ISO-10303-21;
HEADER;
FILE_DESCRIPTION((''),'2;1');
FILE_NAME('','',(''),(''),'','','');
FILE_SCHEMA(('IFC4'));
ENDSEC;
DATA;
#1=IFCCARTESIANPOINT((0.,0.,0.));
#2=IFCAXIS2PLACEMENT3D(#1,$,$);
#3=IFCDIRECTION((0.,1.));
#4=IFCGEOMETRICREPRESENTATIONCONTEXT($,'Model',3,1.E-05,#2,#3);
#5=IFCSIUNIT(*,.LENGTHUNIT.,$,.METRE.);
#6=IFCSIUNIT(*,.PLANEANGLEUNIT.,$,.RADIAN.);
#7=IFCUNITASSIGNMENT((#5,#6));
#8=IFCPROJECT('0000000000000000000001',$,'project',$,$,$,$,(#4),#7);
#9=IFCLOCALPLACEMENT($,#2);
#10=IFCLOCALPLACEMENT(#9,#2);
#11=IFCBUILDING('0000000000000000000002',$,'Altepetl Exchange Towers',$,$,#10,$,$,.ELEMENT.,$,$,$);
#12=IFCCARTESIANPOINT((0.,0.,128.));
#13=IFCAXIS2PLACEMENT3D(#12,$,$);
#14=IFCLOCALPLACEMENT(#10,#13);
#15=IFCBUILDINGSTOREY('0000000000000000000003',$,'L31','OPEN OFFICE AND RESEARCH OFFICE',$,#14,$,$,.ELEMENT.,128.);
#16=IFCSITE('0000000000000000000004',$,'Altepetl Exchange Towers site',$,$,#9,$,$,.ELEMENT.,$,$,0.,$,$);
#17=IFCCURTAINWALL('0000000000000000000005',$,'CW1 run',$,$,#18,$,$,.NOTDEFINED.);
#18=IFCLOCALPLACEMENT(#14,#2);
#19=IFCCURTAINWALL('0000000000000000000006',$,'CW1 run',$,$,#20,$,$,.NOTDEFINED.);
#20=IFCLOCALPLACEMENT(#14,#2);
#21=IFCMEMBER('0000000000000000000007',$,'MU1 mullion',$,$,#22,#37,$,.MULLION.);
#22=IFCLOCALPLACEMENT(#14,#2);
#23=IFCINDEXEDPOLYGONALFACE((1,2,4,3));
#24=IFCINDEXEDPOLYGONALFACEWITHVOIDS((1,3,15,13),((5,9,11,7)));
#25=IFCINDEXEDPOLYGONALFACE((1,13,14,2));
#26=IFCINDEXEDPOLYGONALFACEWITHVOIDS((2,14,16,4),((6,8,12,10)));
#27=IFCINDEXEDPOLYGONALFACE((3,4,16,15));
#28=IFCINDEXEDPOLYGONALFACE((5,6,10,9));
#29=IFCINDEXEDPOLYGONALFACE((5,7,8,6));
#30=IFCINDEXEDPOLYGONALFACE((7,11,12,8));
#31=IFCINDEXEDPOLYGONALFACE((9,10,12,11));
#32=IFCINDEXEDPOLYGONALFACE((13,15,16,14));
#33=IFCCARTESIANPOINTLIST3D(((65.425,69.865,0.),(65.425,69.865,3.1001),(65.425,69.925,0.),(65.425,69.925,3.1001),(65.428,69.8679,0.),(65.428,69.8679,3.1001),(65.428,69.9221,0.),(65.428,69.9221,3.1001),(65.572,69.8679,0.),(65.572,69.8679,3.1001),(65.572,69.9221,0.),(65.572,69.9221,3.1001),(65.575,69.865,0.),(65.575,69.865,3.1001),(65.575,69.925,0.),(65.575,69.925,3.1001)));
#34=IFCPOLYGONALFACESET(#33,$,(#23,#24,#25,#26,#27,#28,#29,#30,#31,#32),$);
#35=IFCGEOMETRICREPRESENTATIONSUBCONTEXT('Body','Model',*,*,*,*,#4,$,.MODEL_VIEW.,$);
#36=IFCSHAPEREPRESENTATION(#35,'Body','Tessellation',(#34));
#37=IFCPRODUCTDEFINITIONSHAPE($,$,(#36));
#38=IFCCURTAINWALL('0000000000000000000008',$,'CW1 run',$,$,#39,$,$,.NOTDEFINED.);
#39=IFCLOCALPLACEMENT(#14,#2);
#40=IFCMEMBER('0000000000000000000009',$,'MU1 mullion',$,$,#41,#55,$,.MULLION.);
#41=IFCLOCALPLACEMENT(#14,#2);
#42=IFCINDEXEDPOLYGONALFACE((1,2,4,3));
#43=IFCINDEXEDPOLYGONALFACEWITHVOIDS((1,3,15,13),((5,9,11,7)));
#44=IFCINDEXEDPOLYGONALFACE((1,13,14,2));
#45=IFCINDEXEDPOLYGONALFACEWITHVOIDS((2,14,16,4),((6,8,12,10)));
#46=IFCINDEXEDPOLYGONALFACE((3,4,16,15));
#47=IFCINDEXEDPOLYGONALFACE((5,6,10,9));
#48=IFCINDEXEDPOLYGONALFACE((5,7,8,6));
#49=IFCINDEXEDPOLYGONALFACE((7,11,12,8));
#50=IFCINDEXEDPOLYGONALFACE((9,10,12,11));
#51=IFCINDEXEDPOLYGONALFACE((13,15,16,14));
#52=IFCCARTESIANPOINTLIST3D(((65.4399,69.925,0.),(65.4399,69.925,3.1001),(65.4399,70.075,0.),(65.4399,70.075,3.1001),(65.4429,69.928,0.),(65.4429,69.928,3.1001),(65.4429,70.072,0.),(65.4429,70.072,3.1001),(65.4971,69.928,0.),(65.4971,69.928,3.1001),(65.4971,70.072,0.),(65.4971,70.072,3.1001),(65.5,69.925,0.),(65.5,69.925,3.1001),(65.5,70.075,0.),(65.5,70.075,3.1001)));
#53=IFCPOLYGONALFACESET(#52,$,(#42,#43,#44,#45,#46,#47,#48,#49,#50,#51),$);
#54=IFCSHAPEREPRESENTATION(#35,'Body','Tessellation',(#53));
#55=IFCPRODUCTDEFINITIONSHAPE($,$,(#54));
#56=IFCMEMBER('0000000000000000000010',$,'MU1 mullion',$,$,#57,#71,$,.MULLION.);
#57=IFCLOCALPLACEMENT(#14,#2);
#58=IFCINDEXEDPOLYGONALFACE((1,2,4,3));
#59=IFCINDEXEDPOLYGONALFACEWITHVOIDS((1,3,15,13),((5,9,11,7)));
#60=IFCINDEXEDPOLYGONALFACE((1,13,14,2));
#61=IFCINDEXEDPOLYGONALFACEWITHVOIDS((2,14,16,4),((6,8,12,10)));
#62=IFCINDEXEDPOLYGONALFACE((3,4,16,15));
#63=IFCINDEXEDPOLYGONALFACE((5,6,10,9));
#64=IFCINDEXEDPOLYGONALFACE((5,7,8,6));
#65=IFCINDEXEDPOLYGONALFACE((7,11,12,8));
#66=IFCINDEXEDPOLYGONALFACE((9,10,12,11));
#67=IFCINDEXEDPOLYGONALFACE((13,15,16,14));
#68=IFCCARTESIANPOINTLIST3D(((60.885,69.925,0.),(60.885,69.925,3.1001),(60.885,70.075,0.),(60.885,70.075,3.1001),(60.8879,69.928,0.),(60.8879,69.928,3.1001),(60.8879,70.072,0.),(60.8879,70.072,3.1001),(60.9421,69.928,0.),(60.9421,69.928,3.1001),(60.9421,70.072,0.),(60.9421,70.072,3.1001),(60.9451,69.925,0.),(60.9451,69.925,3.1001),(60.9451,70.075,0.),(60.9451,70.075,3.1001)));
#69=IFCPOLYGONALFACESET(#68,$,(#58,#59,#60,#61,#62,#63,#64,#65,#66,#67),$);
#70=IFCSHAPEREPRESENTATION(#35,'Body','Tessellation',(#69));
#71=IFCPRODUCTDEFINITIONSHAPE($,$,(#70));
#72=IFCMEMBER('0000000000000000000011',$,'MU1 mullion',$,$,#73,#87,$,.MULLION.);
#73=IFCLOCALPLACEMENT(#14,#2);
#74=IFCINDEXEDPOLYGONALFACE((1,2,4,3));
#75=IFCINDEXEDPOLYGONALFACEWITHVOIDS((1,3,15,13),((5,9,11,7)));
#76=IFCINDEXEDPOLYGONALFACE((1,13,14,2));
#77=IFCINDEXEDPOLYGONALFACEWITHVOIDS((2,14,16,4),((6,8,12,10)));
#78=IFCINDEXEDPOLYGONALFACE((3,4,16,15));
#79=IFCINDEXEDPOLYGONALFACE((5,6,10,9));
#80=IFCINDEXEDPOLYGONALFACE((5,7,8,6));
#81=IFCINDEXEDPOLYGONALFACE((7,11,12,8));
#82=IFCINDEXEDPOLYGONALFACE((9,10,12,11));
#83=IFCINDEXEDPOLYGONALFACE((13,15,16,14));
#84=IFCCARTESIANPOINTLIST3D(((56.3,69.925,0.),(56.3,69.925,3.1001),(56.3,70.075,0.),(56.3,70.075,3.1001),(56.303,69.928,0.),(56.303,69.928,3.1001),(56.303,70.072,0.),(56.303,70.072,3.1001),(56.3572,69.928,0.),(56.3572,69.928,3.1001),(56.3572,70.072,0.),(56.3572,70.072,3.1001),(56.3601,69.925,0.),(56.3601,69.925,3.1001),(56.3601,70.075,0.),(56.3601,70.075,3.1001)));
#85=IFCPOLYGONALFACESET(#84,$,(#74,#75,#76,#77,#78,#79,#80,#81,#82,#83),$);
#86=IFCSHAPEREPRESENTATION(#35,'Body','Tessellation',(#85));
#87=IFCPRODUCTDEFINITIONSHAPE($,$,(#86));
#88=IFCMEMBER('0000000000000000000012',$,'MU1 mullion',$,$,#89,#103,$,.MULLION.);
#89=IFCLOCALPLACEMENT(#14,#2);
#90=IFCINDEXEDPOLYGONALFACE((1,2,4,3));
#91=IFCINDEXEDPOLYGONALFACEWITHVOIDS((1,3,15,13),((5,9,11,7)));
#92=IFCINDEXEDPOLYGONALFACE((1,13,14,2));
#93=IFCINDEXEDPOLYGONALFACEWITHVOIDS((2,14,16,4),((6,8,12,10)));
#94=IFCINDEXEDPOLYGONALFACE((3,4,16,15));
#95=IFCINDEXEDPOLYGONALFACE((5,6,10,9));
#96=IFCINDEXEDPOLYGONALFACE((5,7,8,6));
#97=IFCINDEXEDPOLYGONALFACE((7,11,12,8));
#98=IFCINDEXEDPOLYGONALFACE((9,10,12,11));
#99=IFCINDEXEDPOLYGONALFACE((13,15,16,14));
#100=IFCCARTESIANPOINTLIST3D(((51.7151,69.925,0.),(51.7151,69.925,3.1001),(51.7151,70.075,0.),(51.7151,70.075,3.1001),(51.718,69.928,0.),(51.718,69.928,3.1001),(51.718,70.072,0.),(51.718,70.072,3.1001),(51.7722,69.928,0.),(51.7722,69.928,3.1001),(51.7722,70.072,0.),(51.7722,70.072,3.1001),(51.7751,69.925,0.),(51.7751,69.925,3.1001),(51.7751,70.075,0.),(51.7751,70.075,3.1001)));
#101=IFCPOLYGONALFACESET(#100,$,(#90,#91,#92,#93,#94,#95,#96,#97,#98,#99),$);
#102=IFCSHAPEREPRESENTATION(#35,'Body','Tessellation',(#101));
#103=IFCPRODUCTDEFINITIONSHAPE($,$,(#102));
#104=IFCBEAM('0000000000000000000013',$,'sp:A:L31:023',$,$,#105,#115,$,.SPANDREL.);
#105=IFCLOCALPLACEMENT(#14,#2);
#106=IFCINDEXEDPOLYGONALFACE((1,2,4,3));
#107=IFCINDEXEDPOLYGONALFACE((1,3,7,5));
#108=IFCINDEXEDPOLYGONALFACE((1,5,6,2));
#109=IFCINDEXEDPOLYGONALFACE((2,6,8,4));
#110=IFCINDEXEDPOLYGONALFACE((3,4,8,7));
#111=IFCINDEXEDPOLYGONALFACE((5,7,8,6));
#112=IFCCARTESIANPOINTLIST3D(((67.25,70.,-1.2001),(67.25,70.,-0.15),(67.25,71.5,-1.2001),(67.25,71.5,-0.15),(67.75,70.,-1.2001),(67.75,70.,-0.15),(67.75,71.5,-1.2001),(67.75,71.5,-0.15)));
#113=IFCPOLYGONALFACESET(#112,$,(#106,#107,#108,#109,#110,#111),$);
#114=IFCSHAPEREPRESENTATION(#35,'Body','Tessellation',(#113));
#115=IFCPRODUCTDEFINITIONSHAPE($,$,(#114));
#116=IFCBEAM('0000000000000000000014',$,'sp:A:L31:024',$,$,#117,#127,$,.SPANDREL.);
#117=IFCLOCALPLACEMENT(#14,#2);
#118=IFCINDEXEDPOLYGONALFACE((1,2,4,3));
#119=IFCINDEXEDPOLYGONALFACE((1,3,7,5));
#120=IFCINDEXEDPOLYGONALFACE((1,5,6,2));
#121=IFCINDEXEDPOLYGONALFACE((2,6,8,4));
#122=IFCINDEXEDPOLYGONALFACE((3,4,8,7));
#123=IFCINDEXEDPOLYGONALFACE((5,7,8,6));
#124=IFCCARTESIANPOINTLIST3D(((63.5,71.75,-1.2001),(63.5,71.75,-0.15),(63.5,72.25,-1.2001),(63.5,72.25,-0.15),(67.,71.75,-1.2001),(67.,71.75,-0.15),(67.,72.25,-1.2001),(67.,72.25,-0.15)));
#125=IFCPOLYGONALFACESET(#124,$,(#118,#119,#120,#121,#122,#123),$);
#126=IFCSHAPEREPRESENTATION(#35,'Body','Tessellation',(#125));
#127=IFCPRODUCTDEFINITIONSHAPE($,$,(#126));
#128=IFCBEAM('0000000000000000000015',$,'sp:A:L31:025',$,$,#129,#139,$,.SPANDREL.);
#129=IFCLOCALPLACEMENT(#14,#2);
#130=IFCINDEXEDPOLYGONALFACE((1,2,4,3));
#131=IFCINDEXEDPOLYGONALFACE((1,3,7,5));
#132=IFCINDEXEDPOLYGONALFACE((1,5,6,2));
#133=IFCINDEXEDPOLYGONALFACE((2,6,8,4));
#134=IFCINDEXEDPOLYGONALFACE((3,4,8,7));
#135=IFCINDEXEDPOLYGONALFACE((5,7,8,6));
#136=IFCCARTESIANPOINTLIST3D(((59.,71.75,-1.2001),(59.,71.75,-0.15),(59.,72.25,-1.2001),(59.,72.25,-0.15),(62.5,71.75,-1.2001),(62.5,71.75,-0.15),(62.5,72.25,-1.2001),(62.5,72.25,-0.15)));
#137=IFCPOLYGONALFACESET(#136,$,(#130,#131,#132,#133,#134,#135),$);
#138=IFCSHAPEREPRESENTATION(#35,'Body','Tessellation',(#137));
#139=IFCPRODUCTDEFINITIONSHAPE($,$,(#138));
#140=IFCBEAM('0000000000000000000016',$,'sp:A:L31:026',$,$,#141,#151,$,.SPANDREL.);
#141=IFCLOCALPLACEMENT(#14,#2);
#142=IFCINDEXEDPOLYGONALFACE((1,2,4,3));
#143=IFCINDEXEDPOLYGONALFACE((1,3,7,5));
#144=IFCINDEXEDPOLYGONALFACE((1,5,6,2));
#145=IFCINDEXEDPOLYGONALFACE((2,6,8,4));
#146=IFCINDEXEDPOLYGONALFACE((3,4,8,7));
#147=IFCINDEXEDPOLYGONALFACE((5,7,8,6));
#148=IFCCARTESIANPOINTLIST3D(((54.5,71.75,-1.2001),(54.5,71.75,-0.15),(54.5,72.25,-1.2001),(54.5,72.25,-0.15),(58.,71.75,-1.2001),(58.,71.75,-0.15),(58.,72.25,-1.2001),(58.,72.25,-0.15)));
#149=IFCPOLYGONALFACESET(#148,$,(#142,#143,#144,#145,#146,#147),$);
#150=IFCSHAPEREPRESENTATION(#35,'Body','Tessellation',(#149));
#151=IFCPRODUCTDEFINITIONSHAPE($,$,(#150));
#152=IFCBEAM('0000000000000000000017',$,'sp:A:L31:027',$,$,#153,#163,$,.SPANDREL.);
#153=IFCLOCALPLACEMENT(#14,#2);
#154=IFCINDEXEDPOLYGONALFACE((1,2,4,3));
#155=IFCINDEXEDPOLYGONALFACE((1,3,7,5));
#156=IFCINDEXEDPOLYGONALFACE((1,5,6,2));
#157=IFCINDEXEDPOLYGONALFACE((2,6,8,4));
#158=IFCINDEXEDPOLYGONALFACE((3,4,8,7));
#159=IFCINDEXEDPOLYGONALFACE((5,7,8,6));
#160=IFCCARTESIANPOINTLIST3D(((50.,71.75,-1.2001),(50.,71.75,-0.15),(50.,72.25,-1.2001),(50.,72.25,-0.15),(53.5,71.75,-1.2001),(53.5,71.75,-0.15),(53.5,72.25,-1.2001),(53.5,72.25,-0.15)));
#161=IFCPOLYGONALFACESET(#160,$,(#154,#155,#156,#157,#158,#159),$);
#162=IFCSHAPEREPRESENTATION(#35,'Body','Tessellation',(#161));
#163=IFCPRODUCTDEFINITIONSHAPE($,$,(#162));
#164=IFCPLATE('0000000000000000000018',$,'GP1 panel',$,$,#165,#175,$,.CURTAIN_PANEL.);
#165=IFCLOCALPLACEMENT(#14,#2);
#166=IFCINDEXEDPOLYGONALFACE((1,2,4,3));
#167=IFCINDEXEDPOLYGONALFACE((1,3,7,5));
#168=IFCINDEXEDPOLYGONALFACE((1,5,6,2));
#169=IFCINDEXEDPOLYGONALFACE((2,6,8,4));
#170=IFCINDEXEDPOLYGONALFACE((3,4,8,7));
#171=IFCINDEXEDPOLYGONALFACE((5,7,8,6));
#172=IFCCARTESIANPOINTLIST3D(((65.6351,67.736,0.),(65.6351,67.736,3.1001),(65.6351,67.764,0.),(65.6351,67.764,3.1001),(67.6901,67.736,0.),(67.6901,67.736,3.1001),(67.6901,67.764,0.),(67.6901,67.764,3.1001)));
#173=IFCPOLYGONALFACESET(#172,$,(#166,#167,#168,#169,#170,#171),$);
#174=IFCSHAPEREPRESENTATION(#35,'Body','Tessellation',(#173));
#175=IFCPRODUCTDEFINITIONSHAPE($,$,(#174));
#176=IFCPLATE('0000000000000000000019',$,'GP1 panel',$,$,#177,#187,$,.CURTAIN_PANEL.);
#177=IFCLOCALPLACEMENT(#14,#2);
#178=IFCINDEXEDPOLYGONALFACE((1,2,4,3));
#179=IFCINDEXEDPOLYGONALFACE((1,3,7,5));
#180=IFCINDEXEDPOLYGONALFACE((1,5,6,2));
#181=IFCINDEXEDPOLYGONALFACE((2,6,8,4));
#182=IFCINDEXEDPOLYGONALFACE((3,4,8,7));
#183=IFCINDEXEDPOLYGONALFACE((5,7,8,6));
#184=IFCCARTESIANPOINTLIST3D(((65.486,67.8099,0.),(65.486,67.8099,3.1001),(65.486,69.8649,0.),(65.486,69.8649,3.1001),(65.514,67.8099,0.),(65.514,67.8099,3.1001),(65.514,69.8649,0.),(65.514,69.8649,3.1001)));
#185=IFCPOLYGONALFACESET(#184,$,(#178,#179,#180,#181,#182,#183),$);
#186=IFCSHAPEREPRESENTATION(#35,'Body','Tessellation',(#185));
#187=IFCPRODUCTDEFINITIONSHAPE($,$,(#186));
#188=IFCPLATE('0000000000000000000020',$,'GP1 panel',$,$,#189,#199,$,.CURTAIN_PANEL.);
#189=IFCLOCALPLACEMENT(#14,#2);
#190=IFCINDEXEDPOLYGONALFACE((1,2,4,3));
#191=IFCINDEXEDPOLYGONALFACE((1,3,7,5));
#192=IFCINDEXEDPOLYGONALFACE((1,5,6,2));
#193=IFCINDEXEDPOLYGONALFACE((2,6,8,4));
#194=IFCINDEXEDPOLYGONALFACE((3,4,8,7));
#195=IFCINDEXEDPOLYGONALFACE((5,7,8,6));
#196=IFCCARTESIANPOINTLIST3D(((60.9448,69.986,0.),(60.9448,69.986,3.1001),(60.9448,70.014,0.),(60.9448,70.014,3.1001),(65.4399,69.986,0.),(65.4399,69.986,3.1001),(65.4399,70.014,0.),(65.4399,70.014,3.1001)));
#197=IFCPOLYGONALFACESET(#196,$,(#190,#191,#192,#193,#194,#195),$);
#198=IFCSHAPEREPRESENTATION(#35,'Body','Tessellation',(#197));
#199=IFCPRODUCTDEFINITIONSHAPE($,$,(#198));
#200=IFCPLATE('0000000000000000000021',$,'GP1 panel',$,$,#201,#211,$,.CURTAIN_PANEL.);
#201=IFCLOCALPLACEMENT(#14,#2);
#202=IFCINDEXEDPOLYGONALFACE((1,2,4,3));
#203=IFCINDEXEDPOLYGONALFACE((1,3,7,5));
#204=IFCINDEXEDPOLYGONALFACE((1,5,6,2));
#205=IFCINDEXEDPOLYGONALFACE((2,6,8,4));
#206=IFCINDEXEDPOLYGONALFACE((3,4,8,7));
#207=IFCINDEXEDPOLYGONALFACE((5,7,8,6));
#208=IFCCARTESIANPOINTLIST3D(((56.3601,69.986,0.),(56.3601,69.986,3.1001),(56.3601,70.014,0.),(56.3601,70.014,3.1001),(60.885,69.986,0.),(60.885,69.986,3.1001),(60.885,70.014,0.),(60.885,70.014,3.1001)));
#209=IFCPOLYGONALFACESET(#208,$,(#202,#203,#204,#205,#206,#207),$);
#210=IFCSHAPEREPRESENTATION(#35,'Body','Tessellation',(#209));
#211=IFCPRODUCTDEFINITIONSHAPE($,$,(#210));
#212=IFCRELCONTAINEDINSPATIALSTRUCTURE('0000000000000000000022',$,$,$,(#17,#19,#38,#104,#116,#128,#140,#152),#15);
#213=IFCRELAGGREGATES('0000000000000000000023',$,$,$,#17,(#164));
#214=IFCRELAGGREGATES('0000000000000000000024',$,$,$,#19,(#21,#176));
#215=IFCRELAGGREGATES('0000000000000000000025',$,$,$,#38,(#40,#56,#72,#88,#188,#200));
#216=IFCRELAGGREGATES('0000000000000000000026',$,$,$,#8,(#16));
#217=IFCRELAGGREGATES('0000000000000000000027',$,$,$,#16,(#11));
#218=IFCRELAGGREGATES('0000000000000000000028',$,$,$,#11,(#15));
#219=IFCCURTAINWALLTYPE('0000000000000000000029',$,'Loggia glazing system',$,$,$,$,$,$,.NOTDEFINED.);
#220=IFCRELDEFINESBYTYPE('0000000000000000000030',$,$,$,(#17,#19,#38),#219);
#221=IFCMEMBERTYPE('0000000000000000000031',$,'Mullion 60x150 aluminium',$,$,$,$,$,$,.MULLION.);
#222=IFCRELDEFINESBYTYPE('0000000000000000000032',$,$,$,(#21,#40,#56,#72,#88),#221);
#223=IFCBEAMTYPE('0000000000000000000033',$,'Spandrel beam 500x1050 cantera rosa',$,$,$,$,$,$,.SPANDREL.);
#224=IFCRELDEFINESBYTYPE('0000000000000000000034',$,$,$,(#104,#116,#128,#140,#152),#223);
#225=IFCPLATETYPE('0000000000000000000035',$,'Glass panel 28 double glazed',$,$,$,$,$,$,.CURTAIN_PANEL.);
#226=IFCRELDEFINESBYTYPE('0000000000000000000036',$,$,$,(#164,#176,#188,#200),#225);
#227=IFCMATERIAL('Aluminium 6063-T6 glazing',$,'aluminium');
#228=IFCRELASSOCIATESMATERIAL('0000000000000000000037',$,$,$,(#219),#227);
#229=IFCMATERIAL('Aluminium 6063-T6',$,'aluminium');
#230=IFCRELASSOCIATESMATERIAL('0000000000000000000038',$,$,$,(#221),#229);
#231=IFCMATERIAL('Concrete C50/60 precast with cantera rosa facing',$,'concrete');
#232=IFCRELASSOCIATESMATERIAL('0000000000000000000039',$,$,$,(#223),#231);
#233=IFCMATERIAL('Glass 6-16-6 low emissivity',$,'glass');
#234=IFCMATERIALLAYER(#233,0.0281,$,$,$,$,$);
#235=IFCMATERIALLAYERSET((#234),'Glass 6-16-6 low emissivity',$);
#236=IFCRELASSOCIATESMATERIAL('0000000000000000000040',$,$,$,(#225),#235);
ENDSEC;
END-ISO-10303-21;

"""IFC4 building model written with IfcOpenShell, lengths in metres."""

from ifc_helpers import new_model, si_unit, direction, frame, origin, origin_2d, place, context, subcontext, project, spatial, rectangle, hollow_rectangle, extrude, material, layer, layer_set, material_profile, profile_set, type_object, element, aggregate, save


model = new_model("IFC4")

# Units and contexts
model_context = context("Model", 3, precision=1e-05, world=origin(), true_north=direction((0.0, 1.0)))
body_context = subcontext(model_context, "Body", "Model", "MODEL_VIEW")
ifc_project = project(units=[si_unit("LENGTHUNIT", "METRE"), si_unit("PLANEANGLEUNIT", "RADIAN")], contexts=[model_context])

# Site, building, storey
site_placement = place(None, origin())
site = spatial("IfcSite", under=ifc_project, at=site_placement, Name="Altepetl Exchange Towers site", CompositionType="ELEMENT", RefElevation=0.0)
building_placement = place(site_placement, origin())
building = spatial("IfcBuilding", under=site, at=building_placement, Name="Altepetl Exchange Towers", CompositionType="ELEMENT")
storey_placement = place(building_placement, frame((0.0, 0.0, 128.0)))
storey = spatial("IfcBuildingStorey", under=building, at=storey_placement, Name="L31", Description="OPEN OFFICE AND RESEARCH OFFICE", CompositionType="ELEMENT", Elevation=128.0)

# Curtain walls, members
ifc_material_1 = material(Name="Aluminium 6063-T6 glazing", Category="aluminium")
curtain_wall_type = type_object("IfcCurtainWallType", Name="Loggia glazing system", PredefinedType="NOTDEFINED", material=ifc_material_1)
ifc_material_2 = material(Name="Aluminium 6063-T6", Category="aluminium")
ifc_material_profile_1 = material_profile(ifc_material_2, hollow_rectangle(XDim=0.0601, YDim=0.1499, WallThickness=0.0029, at=origin_2d()), Name="Mullion 60x150 aluminium")
ifc_profile_set_1 = profile_set([ifc_material_profile_1], Name="Aluminium 6063-T6")
member_type = type_object("IfcMemberType", Name="Mullion 60x150 aluminium", PredefinedType="MULLION", material=ifc_profile_set_1)
curtain_wall_1_placement = place(storey_placement, origin())
curtain_wall_1 = element("IfcCurtainWall", 1, at=curtain_wall_1_placement, inside=storey, type_object=curtain_wall_type, Name="CW1 run", PredefinedType="NOTDEFINED")
curtain_wall_2_placement = place(storey_placement, origin())
curtain_wall_2 = element("IfcCurtainWall", 2, at=curtain_wall_2_placement, inside=storey, type_object=curtain_wall_type, Name="CW1 run", PredefinedType="NOTDEFINED")
member_1_placement = place(storey_placement, frame((65.5, 69.895, 0.0), z_axis=(0.0, 0.0, 1.0), x_axis=(0.0, 1.0, 0.0)))
member_1 = element("IfcMember", 3, at=member_1_placement, type_object=member_type, Name="MU1 mullion", PredefinedType="MULLION", context=body_context, shape_type="SweptSolid", body=[
    extrude(hollow_rectangle(XDim=0.0601, YDim=0.1499, WallThickness=0.0029, at=origin_2d()), origin(), (0.0, 0.0, 1.0), 3.1001),
])
curtain_wall_3_placement = place(storey_placement, origin())
curtain_wall_3 = element("IfcCurtainWall", 4, at=curtain_wall_3_placement, inside=storey, type_object=curtain_wall_type, Name="CW1 run", PredefinedType="NOTDEFINED")
member_2_placement = place(storey_placement, frame((65.47, 70.0, 0.0), z_axis=(0.0, 0.0, 1.0), x_axis=(-1.0, 0.0, 0.0)))
member_2 = element("IfcMember", 5, at=member_2_placement, type_object=member_type, Name="MU1 mullion", PredefinedType="MULLION", context=body_context, shape_type="SweptSolid", body=[
    extrude(hollow_rectangle(XDim=0.0601, YDim=0.1499, WallThickness=0.0029, at=origin_2d()), origin(), (0.0, 0.0, 1.0), 3.1001),
])
member_3_placement = place(storey_placement, frame((60.915, 70.0, 0.0), z_axis=(0.0, 0.0, 1.0), x_axis=(-1.0, 0.0, 0.0)))
member_3 = element("IfcMember", 6, at=member_3_placement, type_object=member_type, Name="MU1 mullion", PredefinedType="MULLION", context=body_context, shape_type="SweptSolid", body=[
    extrude(hollow_rectangle(XDim=0.0601, YDim=0.1499, WallThickness=0.0029, at=origin_2d()), origin(), (0.0, 0.0, 1.0), 3.1001),
])
member_4_placement = place(storey_placement, frame((56.3301, 70.0, 0.0), z_axis=(0.0, 0.0, 1.0), x_axis=(-1.0, 0.0, 0.0)))
member_4 = element("IfcMember", 7, at=member_4_placement, type_object=member_type, Name="MU1 mullion", PredefinedType="MULLION", context=body_context, shape_type="SweptSolid", body=[
    extrude(hollow_rectangle(XDim=0.0601, YDim=0.1499, WallThickness=0.0029, at=origin_2d()), origin(), (0.0, 0.0, 1.0), 3.1001),
])
member_5_placement = place(storey_placement, frame((51.7451, 70.0, 0.0), z_axis=(0.0, 0.0, 1.0), x_axis=(-1.0, 0.0, 0.0)))
member_5 = element("IfcMember", 8, at=member_5_placement, type_object=member_type, Name="MU1 mullion", PredefinedType="MULLION", context=body_context, shape_type="SweptSolid", body=[
    extrude(hollow_rectangle(XDim=0.0601, YDim=0.1499, WallThickness=0.0029, at=origin_2d()), origin(), (0.0, 0.0, 1.0), 3.1001),
])

# Beams
ifc_material_3 = material(Name="Concrete C50/60 precast with cantera rosa facing", Category="concrete")
ifc_material_profile_2 = material_profile(ifc_material_3, rectangle(XDim=0.5, YDim=1.05, at=origin_2d()), Name="500 x 1050")
ifc_profile_set_2 = profile_set([ifc_material_profile_2], Name="Concrete C50/60 precast with cantera rosa facing")
beam_type_1 = type_object("IfcBeamType", Name="Spandrel beam 500x1050 cantera rosa", PredefinedType="SPANDREL", material=ifc_profile_set_2)
beam_1_placement = place(storey_placement, frame((67.5, 70.0, -0.675), z_axis=(0.0, 1.0, 0.0), x_axis=(-1.0, 0.0, 0.0)))
element("IfcBeam", 9, at=beam_1_placement, inside=storey, type_object=beam_type_1, Name="sp:A:L31:023", PredefinedType="SPANDREL", context=body_context, shape_type="SweptSolid", body=[
    extrude(rectangle(XDim=0.5, YDim=1.05, at=origin_2d()), origin(), (0.0, 0.0, 1.0), 1.5),
])
for number, where, z_axis, x_axis, name in (
    (10, (67.0, 72.0, -0.675), (-1.0, 0.0, 0.0), (0.0, -1.0, 0.0), "sp:A:L31:024"),
    (11, (62.5, 72.0, -0.675), (-1.0, 0.0, 0.0), (0.0, -1.0, 0.0), "sp:A:L31:025"),
    (12, (58.0, 72.0, -0.675), (-1.0, 0.0, 0.0), (0.0, -1.0, 0.0), "sp:A:L31:026"),
    (13, (53.5, 72.0, -0.675), (-1.0, 0.0, 0.0), (0.0, -1.0, 0.0), "sp:A:L31:027"),
):
    element("IfcBeam", number, at=place(storey_placement, frame(where, z_axis=z_axis, x_axis=x_axis)), inside=storey, type_object=beam_type_1, Name=name, PredefinedType="SPANDREL", context=body_context, shape_type="SweptSolid", body=[
        extrude(rectangle(XDim=0.5, YDim=1.05, at=origin_2d()), origin(), (0.0, 0.0, 1.0), 3.5),
    ])

# Plates
ifc_material_4 = material(Name="Glass 6-16-6 low emissivity", Category="glass")
ifc_layer_1 = layer(ifc_material_4, 0.0281)
ifc_layer_set_1 = layer_set([ifc_layer_1], Name="Glass 6-16-6 low emissivity")
plate_type = type_object("IfcPlateType", Name="Glass panel 28 double glazed", PredefinedType="CURTAIN_PANEL", material=ifc_layer_set_1)
plate_1_placement = place(storey_placement, frame((66.6626, 67.75, 0.0), z_axis=(0.0, 0.0, 1.0), x_axis=(-1.0, 0.0, 0.0)))
plate_1 = element("IfcPlate", 14, at=plate_1_placement, type_object=plate_type, Name="GP1 panel", PredefinedType="CURTAIN_PANEL", context=body_context, shape_type="SweptSolid", body=[
    extrude(rectangle(XDim=2.0549, YDim=0.0281, at=origin_2d()), origin(), (0.0, 0.0, 1.0), 3.1001),
])
aggregate(curtain_wall_1, [plate_1])
plate_2_placement = place(storey_placement, frame((65.5, 68.8374, 0.0), z_axis=(0.0, 0.0, 1.0), x_axis=(0.0, 1.0, 0.0)))
plate_2 = element("IfcPlate", 15, at=plate_2_placement, type_object=plate_type, Name="GP1 panel", PredefinedType="CURTAIN_PANEL", context=body_context, shape_type="SweptSolid", body=[
    extrude(rectangle(XDim=2.0549, YDim=0.0281, at=origin_2d()), origin(), (0.0, 0.0, 1.0), 3.1001),
])
aggregate(curtain_wall_2, [member_1, plate_2])
plate_3_placement = place(storey_placement, frame((63.1924, 70.0, 0.0), z_axis=(0.0, 0.0, 1.0), x_axis=(-1.0, 0.0, 0.0)))
plate_3 = element("IfcPlate", 16, at=plate_3_placement, type_object=plate_type, Name="GP1 panel", PredefinedType="CURTAIN_PANEL", context=body_context, shape_type="SweptSolid", body=[
    extrude(rectangle(XDim=4.4951, YDim=0.0281, at=origin_2d()), origin(), (0.0, 0.0, 1.0), 3.1001),
])
plate_4_placement = place(storey_placement, frame((58.6226, 70.0, 0.0), z_axis=(0.0, 0.0, 1.0), x_axis=(-1.0, 0.0, 0.0)))
plate_4 = element("IfcPlate", 17, at=plate_4_placement, type_object=plate_type, Name="GP1 panel", PredefinedType="CURTAIN_PANEL", context=body_context, shape_type="SweptSolid", body=[
    extrude(rectangle(XDim=4.5249, YDim=0.0281, at=origin_2d()), origin(), (0.0, 0.0, 1.0), 3.1001),
])
aggregate(curtain_wall_3, [member_2, member_3, member_4, member_5, plate_3, plate_4])

save(model, "model.ifc")
